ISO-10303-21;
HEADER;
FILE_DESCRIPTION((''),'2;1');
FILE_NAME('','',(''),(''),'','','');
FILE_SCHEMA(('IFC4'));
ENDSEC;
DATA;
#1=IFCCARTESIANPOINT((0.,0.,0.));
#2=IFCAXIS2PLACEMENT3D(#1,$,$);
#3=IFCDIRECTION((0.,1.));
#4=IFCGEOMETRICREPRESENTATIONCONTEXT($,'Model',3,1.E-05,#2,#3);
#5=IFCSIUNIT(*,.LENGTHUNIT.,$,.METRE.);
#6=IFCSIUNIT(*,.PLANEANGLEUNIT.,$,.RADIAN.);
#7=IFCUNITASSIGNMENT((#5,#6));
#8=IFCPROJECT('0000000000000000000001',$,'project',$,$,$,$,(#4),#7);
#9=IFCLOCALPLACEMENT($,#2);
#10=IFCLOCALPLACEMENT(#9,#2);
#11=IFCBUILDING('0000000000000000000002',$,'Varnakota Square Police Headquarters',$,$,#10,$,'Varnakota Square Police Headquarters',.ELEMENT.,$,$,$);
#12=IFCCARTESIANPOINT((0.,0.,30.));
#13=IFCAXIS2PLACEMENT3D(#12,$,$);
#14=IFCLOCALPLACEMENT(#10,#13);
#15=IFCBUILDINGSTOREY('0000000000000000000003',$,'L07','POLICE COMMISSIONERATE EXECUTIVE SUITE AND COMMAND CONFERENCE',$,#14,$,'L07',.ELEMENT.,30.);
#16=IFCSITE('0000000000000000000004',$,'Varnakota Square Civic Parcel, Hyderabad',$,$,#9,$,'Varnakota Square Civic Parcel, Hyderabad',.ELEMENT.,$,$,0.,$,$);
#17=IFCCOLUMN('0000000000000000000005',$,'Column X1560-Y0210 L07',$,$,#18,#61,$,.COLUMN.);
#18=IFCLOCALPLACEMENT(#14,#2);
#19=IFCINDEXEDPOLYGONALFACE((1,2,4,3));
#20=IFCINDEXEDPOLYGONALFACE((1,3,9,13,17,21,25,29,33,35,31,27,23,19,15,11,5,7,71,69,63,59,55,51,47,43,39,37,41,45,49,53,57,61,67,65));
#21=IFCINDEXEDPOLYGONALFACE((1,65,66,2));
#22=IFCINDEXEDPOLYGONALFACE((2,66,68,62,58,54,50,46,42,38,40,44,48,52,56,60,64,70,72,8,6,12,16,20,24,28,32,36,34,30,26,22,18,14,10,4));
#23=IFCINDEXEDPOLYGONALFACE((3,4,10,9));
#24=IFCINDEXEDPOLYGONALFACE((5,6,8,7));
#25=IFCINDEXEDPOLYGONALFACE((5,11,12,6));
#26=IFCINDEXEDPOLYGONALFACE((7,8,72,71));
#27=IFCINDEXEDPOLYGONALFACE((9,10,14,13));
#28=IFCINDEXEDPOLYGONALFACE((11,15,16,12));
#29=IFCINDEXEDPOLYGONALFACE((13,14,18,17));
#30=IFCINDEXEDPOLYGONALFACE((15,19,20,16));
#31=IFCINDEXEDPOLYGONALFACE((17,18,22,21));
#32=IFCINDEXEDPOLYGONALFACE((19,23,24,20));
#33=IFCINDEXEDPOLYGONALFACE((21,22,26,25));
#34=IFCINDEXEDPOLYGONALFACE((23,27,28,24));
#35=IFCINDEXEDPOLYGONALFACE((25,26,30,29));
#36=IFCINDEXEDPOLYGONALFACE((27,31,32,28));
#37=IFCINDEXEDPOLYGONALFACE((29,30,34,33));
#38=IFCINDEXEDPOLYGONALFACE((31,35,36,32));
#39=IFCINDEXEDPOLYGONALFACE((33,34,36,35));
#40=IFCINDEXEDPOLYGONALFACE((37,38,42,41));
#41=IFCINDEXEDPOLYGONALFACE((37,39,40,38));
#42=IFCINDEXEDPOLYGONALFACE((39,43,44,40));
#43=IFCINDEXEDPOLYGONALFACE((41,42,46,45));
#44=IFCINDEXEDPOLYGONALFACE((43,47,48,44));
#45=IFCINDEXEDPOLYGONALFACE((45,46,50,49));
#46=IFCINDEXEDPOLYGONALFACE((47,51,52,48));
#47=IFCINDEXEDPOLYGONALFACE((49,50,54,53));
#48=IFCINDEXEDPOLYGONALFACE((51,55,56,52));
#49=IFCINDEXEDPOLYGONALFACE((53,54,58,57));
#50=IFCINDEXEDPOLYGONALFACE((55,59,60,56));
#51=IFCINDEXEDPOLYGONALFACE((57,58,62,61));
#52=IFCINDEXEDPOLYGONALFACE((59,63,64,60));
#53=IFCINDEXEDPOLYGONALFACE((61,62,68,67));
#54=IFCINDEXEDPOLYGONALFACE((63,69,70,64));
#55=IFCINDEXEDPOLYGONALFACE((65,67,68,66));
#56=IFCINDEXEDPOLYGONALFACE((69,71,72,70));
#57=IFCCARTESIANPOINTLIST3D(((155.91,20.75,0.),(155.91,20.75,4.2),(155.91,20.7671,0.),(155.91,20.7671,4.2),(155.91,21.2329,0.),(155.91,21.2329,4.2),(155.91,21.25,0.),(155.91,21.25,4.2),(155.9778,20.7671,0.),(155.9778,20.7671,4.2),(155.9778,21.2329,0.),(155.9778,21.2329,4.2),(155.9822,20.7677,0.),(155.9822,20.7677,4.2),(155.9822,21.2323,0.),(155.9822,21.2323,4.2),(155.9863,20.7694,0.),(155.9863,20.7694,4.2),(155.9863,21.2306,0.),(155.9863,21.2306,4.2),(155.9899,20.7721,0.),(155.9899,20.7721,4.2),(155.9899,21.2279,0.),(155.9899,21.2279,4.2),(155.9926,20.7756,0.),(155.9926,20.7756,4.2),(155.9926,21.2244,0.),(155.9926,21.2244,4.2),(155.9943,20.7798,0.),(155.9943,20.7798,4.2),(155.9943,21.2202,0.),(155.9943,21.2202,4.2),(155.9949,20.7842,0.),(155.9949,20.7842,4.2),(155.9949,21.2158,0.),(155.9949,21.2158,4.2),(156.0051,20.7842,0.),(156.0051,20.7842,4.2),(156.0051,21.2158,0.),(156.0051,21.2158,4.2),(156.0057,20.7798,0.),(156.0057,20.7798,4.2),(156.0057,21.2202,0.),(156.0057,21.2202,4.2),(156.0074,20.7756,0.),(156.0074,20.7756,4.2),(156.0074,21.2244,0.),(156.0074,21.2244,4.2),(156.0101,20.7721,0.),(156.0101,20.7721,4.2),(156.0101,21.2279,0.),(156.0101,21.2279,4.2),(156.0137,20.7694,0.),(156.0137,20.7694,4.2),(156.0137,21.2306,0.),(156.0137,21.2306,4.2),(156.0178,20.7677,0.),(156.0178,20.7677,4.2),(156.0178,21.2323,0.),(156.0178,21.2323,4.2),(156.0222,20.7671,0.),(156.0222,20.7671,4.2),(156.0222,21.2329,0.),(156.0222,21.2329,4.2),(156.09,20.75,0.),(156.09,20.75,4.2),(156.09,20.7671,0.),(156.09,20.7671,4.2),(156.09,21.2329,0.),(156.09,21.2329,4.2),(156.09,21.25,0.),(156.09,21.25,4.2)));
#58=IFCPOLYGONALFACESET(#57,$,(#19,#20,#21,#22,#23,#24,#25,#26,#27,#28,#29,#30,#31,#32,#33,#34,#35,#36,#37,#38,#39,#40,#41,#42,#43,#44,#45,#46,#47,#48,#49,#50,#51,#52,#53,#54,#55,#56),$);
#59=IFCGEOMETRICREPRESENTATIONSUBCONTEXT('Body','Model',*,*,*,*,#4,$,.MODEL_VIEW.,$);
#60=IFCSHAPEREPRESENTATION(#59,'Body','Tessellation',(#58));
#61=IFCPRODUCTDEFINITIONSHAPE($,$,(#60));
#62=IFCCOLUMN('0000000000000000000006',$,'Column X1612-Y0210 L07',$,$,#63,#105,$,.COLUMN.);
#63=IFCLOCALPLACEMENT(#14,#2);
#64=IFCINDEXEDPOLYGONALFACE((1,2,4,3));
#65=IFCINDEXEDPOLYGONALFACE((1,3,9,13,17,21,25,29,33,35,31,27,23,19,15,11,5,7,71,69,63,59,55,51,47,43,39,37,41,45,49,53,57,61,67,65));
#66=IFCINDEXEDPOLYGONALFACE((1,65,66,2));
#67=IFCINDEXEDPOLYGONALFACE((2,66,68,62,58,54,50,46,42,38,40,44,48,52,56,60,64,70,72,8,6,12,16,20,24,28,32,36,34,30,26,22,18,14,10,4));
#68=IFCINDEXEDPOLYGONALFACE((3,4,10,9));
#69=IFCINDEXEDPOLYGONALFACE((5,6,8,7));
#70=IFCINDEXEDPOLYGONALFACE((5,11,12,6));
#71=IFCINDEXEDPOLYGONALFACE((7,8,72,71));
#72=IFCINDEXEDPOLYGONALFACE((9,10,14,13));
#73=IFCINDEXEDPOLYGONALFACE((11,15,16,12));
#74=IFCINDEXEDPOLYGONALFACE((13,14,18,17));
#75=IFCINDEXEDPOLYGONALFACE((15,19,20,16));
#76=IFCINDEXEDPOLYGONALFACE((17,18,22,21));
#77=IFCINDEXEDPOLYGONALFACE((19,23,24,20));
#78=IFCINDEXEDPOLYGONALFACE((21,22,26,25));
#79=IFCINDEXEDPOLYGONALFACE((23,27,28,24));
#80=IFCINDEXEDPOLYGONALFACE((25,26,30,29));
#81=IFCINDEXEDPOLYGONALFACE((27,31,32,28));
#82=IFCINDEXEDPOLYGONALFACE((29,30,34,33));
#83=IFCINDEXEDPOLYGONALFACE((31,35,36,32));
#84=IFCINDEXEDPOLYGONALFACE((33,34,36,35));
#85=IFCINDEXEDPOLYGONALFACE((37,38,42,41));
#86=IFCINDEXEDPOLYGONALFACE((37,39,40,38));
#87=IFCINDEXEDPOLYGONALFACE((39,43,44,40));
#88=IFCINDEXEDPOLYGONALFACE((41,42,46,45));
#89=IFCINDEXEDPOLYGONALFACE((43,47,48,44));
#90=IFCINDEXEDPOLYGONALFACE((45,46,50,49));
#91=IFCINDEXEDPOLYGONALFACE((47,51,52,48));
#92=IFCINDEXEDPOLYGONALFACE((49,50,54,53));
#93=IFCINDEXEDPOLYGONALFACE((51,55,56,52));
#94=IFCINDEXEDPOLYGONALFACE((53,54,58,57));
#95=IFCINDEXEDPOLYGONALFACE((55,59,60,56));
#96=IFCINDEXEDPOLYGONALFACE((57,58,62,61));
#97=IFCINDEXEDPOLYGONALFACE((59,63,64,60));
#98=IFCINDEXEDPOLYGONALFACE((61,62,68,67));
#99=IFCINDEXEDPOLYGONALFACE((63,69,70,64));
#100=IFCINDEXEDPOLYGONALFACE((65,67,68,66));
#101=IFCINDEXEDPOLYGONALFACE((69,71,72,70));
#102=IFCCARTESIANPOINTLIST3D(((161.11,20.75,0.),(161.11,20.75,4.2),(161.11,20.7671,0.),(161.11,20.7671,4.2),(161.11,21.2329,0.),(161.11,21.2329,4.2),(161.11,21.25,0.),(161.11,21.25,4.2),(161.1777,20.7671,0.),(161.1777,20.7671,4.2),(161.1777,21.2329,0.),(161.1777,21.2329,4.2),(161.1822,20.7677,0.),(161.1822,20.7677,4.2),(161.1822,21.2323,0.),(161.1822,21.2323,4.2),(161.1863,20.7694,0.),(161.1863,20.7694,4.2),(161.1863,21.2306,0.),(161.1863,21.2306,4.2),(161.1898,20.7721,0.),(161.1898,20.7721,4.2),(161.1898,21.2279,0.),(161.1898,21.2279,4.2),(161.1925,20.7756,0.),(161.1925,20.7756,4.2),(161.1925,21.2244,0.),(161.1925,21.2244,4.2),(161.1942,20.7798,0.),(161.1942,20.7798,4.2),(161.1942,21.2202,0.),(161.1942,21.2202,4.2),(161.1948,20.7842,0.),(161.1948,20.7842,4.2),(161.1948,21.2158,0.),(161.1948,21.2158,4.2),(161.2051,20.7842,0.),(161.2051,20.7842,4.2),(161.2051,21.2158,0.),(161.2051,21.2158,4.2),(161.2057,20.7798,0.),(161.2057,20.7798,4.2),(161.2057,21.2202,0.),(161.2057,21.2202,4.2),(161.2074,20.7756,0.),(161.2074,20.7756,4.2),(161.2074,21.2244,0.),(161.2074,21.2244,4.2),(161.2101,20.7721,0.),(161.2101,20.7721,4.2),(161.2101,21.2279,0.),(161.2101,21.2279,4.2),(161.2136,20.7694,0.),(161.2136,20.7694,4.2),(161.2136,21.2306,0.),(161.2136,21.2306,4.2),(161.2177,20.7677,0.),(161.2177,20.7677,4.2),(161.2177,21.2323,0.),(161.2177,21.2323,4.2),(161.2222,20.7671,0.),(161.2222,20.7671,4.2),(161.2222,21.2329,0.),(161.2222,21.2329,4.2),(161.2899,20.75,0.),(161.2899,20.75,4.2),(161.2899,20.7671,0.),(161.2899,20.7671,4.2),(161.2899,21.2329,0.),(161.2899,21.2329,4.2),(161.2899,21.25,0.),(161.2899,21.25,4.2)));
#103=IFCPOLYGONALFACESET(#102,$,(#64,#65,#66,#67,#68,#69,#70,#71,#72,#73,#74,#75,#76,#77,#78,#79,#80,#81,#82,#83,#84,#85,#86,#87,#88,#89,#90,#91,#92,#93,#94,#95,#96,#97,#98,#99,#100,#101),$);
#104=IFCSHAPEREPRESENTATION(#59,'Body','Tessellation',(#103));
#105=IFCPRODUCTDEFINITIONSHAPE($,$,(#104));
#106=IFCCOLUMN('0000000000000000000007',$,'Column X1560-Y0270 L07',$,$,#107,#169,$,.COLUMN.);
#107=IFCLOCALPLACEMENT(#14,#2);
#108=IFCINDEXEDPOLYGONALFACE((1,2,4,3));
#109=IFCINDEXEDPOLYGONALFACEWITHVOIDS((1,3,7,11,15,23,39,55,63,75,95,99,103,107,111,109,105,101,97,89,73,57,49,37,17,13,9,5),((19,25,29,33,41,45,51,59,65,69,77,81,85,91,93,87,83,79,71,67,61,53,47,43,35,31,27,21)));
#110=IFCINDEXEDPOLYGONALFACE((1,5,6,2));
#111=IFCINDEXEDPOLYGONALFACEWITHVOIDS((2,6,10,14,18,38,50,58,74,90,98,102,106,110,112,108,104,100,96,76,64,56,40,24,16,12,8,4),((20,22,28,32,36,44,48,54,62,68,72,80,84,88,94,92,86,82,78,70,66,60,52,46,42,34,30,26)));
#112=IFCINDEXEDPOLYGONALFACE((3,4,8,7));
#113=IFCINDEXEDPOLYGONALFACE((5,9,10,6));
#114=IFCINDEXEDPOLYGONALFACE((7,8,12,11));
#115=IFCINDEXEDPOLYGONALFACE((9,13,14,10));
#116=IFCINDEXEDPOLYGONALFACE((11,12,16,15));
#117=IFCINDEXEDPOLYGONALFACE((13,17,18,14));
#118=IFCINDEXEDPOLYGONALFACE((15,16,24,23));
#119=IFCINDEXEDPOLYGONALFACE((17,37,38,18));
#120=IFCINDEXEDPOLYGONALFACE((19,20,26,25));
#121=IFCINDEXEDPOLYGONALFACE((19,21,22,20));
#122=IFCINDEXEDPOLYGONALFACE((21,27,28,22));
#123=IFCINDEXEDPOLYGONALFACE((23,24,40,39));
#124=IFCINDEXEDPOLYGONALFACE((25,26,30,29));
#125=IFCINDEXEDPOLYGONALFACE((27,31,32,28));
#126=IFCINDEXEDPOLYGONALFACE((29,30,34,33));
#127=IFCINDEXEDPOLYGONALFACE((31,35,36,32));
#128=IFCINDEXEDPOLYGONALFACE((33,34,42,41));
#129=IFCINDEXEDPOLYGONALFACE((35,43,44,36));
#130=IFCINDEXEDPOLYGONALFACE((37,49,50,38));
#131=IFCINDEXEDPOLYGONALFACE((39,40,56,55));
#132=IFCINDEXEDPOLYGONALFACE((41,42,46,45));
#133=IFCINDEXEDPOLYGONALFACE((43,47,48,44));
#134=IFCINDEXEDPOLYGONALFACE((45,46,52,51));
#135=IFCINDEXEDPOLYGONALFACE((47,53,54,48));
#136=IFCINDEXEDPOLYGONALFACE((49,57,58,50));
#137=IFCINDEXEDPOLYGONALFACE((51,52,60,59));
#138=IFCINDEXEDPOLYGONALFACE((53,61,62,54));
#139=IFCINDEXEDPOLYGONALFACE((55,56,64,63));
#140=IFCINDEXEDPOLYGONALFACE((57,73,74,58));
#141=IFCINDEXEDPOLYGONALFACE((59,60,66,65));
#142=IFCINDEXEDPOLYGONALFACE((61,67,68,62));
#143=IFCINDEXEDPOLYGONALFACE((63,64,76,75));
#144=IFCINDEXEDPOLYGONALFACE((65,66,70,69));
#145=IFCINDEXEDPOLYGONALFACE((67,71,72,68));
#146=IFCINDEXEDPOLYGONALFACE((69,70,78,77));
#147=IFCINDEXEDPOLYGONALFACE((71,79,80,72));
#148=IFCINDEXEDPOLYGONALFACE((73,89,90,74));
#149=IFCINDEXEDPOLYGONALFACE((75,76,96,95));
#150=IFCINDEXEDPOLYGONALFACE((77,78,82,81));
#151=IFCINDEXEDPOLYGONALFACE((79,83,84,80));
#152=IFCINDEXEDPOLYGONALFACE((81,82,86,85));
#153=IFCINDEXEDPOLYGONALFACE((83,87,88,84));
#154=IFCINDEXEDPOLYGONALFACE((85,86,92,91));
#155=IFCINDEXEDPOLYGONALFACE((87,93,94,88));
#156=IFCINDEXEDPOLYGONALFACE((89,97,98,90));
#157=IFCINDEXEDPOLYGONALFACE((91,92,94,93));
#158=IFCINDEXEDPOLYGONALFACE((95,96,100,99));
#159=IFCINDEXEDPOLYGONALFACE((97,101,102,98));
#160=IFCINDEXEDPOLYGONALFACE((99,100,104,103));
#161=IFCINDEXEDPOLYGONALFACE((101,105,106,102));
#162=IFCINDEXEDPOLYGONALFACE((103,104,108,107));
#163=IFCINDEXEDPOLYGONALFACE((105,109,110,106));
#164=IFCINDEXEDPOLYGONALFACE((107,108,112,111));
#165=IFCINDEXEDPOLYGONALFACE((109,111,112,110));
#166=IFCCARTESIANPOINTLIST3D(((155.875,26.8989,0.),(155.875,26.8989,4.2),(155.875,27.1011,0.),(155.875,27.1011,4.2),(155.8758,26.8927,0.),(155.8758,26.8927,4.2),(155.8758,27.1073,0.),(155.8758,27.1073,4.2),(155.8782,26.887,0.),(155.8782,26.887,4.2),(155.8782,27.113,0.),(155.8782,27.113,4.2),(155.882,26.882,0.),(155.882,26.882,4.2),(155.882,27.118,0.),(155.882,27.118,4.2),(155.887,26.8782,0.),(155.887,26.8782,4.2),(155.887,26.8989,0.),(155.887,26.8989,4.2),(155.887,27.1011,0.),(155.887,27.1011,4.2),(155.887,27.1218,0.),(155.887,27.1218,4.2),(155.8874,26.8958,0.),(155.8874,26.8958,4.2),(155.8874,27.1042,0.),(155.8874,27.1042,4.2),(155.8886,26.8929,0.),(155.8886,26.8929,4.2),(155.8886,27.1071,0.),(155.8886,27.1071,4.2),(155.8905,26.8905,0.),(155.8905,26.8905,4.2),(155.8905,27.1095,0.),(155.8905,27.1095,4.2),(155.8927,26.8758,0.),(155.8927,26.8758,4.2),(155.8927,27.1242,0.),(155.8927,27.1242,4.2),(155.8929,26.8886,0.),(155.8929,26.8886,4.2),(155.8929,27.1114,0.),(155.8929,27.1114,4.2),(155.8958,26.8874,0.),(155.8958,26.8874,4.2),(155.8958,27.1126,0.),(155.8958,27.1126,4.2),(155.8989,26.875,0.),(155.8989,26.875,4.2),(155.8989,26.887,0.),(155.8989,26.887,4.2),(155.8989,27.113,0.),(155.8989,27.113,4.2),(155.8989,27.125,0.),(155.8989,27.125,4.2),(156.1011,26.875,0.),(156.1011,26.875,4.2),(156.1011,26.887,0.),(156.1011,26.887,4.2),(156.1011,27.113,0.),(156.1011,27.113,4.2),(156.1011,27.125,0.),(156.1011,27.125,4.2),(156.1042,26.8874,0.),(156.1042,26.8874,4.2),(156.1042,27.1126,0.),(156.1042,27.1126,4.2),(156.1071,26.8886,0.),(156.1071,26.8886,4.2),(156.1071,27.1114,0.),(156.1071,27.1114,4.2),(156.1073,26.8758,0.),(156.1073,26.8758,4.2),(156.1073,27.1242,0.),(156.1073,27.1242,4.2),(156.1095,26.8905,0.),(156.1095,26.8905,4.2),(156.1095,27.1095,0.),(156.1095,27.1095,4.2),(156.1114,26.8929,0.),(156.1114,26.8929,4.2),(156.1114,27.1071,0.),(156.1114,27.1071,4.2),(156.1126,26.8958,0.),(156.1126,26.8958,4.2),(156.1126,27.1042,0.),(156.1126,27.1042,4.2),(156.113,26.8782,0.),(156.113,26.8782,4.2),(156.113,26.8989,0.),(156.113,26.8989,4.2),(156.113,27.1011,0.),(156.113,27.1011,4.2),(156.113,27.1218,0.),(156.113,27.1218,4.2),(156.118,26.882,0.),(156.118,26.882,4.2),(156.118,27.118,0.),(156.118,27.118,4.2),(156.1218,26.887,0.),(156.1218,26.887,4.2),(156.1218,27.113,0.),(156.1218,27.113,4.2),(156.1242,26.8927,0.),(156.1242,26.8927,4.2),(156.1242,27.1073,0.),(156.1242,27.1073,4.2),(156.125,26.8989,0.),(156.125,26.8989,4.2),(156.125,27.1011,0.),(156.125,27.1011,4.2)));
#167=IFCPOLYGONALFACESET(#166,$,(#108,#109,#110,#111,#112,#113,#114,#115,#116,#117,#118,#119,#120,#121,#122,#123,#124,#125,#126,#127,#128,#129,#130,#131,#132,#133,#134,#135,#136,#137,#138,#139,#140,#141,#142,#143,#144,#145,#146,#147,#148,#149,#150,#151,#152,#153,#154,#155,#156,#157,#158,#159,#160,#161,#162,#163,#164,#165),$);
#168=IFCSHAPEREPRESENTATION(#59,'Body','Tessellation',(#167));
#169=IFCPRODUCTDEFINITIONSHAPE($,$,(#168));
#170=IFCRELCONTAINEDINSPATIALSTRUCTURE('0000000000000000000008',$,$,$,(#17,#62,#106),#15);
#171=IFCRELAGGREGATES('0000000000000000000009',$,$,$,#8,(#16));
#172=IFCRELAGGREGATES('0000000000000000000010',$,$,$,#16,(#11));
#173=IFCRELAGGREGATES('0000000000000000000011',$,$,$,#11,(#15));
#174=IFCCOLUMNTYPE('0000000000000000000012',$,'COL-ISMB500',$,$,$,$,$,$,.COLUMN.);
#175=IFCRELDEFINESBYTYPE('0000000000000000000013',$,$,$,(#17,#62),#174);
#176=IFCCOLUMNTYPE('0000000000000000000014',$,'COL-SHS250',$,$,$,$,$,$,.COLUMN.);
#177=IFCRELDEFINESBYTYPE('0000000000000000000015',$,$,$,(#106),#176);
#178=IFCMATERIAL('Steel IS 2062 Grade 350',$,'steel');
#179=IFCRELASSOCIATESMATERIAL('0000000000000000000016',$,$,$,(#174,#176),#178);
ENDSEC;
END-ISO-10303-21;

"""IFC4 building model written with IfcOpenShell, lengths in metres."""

from ifc_helpers import new_model, si_unit, direction, frame, origin, origin_2d, place, context, subcontext, project, spatial, hollow_rectangle, i_section, extrude, material, material_profile, profile_set, type_object, element, save


model = new_model("IFC4")

# Units and contexts
model_context = context("Model", 3, precision=1e-05, world=origin(), true_north=direction((0.0, 1.0)))
body_context = subcontext(model_context, "Body", "Model", "MODEL_VIEW")
ifc_project = project(units=[si_unit("LENGTHUNIT", "METRE"), si_unit("PLANEANGLEUNIT", "RADIAN")], contexts=[model_context])

# Site, building, storey
site_placement = place(None, origin())
site = spatial("IfcSite", under=ifc_project, at=site_placement, Name="Varnakota Square Civic Parcel, Hyderabad", LongName="Varnakota Square Civic Parcel, Hyderabad", CompositionType="ELEMENT", RefElevation=0.0)
building_placement = place(site_placement, origin())
building = spatial("IfcBuilding", under=site, at=building_placement, Name="Varnakota Square Police Headquarters", LongName="Varnakota Square Police Headquarters", CompositionType="ELEMENT")
storey_placement = place(building_placement, frame((0.0, 0.0, 30.0)))
storey = spatial("IfcBuildingStorey", under=building, at=storey_placement, Name="L07", Description="POLICE COMMISSIONERATE EXECUTIVE SUITE AND COMMAND CONFERENCE", LongName="L07", CompositionType="ELEMENT", Elevation=30.0)

# Columns
ifc_material_1 = material(Name="Steel IS 2062 Grade 350", Category="steel")
ifc_material_profile_1 = material_profile(ifc_material_1, i_section(OverallWidth=0.1799, OverallDepth=0.5, WebThickness=0.0103, FlangeThickness=0.0171, FilletRadius=0.0171, at=origin_2d()), Name="ISMB 500")
ifc_profile_set_1 = profile_set([ifc_material_profile_1], Name="Steel IS 2062 Grade 350")
column_type_1 = type_object("IfcColumnType", Name="COL-ISMB500", PredefinedType="COLUMN", material=ifc_profile_set_1)
for number, where, z_axis, x_axis, name in (
    (1, (156.0, 21.0, 0.0), (0.0, 0.0, 1.0), (1.0, 0.0, 0.0), "Column X1560-Y0210 L07"),
    (2, (161.2, 21.0, 0.0), (0.0, 0.0, 1.0), (1.0, 0.0, 0.0), "Column X1612-Y0210 L07"),
):
    element("IfcColumn", number, at=place(storey_placement, frame(where, z_axis=z_axis, x_axis=x_axis)), inside=storey, type_object=column_type_1, Name=name, PredefinedType="COLUMN", context=body_context, shape_type="SweptSolid", body=[
        extrude(i_section(OverallWidth=0.1799, OverallDepth=0.5, WebThickness=0.0103, FlangeThickness=0.0171, FilletRadius=0.0171, at=origin_2d()), origin(), (0.0, 0.0, 1.0), 4.2),
    ])
ifc_material_profile_2 = material_profile(ifc_material_1, hollow_rectangle(XDim=0.25, YDim=0.25, WallThickness=0.012, InnerFilletRadius=0.012, OuterFilletRadius=0.0239, at=origin_2d()), Name="SHS 250x250x12")
ifc_profile_set_2 = profile_set([ifc_material_profile_2], Name="Steel IS 2062 Grade 350")
column_type_2 = type_object("IfcColumnType", Name="COL-SHS250", PredefinedType="COLUMN", material=ifc_profile_set_2)
for number, where, z_axis, x_axis, name in (
    (3, (156.0, 27.0, 0.0), (0.0, 0.0, 1.0), (1.0, 0.0, 0.0), "Column X1560-Y0270 L07"),
):
    element("IfcColumn", number, at=place(storey_placement, frame(where, z_axis=z_axis, x_axis=x_axis)), inside=storey, type_object=column_type_2, Name=name, PredefinedType="COLUMN", context=body_context, shape_type="SweptSolid", body=[
        extrude(hollow_rectangle(XDim=0.25, YDim=0.25, WallThickness=0.012, InnerFilletRadius=0.012, OuterFilletRadius=0.0239, at=origin_2d()), origin(), (0.0, 0.0, 1.0), 4.2),
    ])

save(model, "model.ifc")
